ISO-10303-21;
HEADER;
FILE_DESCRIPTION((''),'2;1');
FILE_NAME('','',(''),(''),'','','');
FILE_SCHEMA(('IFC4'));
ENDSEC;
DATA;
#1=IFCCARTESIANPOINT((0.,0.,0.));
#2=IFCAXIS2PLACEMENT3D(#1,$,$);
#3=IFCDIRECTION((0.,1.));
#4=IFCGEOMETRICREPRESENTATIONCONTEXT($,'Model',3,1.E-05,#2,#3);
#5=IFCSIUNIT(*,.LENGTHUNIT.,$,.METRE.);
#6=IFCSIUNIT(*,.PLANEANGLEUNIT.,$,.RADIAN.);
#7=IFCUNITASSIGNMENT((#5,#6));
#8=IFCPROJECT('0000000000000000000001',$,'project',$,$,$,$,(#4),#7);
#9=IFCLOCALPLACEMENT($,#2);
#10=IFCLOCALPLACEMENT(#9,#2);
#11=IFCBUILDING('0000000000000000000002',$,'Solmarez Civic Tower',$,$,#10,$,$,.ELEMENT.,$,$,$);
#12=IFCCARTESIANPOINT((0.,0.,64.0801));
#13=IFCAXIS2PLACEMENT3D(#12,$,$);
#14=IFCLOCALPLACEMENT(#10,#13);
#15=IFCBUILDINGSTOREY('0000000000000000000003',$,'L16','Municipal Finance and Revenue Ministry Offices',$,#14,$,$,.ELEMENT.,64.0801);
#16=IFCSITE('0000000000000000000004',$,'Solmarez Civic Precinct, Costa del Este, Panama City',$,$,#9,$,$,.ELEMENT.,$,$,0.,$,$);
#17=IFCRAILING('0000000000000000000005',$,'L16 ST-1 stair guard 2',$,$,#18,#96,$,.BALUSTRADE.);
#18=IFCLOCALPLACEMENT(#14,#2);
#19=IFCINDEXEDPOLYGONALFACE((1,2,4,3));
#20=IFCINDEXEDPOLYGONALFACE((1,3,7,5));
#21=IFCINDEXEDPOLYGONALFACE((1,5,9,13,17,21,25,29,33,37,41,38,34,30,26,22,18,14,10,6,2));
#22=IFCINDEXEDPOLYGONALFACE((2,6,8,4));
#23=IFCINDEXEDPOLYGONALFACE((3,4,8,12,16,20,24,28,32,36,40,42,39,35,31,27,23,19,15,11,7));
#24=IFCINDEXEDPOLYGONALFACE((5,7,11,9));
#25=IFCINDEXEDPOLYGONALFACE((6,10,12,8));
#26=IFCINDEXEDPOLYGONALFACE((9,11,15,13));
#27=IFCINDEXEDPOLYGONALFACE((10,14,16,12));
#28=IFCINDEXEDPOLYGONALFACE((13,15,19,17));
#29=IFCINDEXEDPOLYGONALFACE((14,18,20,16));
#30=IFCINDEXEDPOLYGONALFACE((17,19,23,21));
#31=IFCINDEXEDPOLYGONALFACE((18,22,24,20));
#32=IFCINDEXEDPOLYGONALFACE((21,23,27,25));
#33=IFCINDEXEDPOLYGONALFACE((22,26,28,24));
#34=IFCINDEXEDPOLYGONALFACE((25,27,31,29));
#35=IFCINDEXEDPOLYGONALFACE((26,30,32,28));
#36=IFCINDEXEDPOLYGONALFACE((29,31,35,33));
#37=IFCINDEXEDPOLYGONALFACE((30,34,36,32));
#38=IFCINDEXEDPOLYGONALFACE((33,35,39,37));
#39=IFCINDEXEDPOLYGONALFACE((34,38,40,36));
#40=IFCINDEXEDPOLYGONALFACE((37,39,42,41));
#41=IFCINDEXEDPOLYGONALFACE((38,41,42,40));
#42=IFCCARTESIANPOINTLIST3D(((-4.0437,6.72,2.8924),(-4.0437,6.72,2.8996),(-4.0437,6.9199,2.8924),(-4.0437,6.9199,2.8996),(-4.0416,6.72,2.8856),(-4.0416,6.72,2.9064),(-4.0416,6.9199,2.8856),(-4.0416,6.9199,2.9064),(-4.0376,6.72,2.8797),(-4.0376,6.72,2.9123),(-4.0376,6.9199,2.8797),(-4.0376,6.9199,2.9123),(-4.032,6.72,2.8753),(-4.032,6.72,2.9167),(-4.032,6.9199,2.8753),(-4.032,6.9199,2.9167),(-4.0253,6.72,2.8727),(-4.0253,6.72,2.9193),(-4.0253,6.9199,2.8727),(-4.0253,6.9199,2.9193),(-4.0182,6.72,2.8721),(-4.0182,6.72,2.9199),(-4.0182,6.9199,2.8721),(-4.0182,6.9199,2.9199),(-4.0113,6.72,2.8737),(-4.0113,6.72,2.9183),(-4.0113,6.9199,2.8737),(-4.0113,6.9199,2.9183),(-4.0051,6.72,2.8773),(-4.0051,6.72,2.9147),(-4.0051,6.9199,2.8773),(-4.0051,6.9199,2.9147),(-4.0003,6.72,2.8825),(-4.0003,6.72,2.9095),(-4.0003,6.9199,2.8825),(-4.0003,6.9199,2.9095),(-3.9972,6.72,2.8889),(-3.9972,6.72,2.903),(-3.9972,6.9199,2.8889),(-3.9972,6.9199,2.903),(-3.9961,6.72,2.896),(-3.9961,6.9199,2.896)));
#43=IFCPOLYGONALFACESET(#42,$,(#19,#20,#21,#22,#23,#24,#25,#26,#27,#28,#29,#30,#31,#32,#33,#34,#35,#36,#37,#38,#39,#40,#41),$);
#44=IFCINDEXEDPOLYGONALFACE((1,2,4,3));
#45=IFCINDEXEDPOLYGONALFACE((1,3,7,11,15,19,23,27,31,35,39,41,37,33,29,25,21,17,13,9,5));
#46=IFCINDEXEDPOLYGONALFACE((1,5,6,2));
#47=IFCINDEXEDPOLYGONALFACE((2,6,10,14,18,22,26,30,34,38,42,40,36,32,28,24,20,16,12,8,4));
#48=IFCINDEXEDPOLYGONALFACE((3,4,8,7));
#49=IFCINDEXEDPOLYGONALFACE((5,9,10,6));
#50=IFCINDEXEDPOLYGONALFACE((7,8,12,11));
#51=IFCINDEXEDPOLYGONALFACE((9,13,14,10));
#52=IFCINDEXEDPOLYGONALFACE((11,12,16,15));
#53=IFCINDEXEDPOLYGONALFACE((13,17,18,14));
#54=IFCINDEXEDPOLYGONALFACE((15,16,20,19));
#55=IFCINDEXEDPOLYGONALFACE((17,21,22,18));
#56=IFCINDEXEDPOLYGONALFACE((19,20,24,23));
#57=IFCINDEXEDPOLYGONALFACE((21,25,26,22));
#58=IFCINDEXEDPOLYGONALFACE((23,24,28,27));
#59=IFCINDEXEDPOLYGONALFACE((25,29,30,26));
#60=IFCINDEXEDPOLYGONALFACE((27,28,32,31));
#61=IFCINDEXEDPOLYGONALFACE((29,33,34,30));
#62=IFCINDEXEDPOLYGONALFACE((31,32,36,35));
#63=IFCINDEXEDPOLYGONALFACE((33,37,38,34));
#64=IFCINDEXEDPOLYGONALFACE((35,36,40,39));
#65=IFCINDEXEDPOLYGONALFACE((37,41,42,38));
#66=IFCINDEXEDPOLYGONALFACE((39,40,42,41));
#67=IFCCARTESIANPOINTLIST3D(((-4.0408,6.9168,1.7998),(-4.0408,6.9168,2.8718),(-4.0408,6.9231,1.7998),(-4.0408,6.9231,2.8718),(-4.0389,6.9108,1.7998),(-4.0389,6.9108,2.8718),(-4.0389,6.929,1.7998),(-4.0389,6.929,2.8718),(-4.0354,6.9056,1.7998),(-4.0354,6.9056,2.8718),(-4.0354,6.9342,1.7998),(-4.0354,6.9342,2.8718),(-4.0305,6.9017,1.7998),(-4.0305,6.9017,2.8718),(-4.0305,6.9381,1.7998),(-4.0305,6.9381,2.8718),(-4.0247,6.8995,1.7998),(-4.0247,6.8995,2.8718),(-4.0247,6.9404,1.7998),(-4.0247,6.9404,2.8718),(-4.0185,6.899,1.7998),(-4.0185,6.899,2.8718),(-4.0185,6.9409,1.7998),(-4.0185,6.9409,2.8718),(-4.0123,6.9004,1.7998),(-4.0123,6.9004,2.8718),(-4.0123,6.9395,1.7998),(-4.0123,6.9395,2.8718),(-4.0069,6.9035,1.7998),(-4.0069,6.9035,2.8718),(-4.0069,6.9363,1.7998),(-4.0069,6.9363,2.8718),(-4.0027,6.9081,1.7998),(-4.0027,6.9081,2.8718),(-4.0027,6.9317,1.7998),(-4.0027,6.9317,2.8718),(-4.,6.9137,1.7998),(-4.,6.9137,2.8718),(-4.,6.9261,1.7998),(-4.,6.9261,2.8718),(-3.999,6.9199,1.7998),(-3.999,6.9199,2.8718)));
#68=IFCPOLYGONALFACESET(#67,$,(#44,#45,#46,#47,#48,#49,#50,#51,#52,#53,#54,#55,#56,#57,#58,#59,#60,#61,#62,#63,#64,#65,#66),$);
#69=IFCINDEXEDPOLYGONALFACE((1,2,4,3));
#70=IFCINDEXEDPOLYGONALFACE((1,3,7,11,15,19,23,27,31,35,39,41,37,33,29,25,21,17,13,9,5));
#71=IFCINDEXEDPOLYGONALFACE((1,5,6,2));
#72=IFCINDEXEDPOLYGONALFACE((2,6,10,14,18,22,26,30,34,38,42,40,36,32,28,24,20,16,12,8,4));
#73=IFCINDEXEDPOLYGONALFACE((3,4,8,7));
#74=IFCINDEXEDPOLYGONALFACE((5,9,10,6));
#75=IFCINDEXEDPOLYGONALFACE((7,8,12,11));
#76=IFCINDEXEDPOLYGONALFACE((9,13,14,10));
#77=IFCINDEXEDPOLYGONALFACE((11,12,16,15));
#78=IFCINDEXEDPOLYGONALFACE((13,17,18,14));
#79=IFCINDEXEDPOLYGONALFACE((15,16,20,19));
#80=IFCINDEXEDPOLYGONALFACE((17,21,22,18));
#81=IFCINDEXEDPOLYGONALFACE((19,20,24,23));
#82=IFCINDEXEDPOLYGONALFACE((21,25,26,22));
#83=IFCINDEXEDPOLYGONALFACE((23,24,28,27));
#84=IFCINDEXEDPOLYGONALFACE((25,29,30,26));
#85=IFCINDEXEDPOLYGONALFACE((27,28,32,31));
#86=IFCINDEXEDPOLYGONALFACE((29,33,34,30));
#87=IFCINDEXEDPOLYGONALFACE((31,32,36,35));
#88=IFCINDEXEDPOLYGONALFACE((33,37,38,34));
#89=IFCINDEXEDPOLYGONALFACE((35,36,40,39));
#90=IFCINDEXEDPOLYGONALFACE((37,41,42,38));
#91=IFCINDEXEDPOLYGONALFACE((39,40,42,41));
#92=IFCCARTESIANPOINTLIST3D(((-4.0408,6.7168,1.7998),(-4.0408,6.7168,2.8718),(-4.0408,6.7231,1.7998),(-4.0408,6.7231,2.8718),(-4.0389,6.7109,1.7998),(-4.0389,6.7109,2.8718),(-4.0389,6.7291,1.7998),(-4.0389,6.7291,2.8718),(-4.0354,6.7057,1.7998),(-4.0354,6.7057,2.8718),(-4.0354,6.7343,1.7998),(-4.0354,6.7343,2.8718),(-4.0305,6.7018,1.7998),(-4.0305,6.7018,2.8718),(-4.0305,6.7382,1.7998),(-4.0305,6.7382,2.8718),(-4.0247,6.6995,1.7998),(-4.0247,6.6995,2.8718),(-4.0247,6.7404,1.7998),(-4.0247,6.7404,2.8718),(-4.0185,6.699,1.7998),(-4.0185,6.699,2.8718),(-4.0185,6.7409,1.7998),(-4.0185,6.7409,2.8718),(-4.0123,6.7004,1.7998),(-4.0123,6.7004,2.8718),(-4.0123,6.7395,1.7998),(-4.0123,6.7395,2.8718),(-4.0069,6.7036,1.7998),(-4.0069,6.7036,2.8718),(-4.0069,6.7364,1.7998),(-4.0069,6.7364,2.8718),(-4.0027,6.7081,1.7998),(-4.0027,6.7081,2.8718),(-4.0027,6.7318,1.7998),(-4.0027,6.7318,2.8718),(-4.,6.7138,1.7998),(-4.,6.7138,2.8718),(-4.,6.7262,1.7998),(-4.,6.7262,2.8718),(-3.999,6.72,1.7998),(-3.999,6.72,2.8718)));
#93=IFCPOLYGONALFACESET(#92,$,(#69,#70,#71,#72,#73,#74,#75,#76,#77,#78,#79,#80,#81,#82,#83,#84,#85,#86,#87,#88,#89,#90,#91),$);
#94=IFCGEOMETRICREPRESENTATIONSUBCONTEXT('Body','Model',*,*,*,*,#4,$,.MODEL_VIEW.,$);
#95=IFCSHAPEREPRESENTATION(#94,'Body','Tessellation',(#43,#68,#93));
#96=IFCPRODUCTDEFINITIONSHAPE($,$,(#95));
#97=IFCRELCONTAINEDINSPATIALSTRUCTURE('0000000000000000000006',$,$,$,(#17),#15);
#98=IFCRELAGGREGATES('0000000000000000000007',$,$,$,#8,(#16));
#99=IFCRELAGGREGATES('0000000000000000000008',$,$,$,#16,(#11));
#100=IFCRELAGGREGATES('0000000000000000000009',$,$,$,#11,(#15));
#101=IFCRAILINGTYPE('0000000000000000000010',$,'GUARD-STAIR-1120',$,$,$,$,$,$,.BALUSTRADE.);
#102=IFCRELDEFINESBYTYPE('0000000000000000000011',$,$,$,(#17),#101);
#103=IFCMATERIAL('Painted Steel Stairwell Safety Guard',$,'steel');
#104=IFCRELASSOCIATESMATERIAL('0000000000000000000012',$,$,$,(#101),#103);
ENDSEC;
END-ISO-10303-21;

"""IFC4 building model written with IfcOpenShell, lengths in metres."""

from ifc_helpers import new_model, si_unit, direction, frame, origin, origin_2d, place, context, subcontext, project, spatial, circle, extrude, material, type_object, element, save


model = new_model("IFC4")

# Units and contexts
model_context = context("Model", 3, precision=1e-05, world=origin(), true_north=direction((0.0, 1.0)))
body_context = subcontext(model_context, "Body", "Model", "MODEL_VIEW")
ifc_project = project(units=[si_unit("LENGTHUNIT", "METRE"), si_unit("PLANEANGLEUNIT", "RADIAN")], contexts=[model_context])

# Site, building, storey
site_placement = place(None, origin())
site = spatial("IfcSite", under=ifc_project, at=site_placement, Name="Solmarez Civic Precinct, Costa del Este, Panama City", CompositionType="ELEMENT", RefElevation=0.0)
building_placement = place(site_placement, origin())
building = spatial("IfcBuilding", under=site, at=building_placement, Name="Solmarez Civic Tower", CompositionType="ELEMENT")
storey_placement = place(building_placement, frame((0.0, 0.0, 64.0801)))
storey = spatial("IfcBuildingStorey", under=building, at=storey_placement, Name="L16", Description="Municipal Finance and Revenue Ministry Offices", CompositionType="ELEMENT", Elevation=64.0801)

# Railing
ifc_material_1 = material(Name="Painted Steel Stairwell Safety Guard", Category="steel")
railing_type_1 = type_object("IfcRailingType", Name="GUARD-STAIR-1120", PredefinedType="BALUSTRADE", material=ifc_material_1)
railing_1_placement = place(storey_placement, frame((-4.02, 6.9199, 1.7998)))
element("IfcRailing", 1, at=railing_1_placement, inside=storey, type_object=railing_type_1, Name="L16 ST-1 stair guard 2", PredefinedType="BALUSTRADE", context=body_context, shape_type="SweptSolid", body=[
    extrude(circle(Radius=0.0239, at=origin_2d()), frame((0.0, 0.0, 1.0962), z_axis=(0.0, -1.0, 0.0), x_axis=(1.0, 0.0, 0.0)), (0.0, 0.0, 1.0), 0.2),
    extrude(circle(Radius=0.021, at=origin_2d()), origin(), (0.0, 0.0, 1.0), 1.072),
    extrude(circle(Radius=0.021, at=origin_2d()), frame((0.0, -0.2, 0.0)), (0.0, 0.0, 1.0), 1.072),
])

save(model, "model.ifc")
